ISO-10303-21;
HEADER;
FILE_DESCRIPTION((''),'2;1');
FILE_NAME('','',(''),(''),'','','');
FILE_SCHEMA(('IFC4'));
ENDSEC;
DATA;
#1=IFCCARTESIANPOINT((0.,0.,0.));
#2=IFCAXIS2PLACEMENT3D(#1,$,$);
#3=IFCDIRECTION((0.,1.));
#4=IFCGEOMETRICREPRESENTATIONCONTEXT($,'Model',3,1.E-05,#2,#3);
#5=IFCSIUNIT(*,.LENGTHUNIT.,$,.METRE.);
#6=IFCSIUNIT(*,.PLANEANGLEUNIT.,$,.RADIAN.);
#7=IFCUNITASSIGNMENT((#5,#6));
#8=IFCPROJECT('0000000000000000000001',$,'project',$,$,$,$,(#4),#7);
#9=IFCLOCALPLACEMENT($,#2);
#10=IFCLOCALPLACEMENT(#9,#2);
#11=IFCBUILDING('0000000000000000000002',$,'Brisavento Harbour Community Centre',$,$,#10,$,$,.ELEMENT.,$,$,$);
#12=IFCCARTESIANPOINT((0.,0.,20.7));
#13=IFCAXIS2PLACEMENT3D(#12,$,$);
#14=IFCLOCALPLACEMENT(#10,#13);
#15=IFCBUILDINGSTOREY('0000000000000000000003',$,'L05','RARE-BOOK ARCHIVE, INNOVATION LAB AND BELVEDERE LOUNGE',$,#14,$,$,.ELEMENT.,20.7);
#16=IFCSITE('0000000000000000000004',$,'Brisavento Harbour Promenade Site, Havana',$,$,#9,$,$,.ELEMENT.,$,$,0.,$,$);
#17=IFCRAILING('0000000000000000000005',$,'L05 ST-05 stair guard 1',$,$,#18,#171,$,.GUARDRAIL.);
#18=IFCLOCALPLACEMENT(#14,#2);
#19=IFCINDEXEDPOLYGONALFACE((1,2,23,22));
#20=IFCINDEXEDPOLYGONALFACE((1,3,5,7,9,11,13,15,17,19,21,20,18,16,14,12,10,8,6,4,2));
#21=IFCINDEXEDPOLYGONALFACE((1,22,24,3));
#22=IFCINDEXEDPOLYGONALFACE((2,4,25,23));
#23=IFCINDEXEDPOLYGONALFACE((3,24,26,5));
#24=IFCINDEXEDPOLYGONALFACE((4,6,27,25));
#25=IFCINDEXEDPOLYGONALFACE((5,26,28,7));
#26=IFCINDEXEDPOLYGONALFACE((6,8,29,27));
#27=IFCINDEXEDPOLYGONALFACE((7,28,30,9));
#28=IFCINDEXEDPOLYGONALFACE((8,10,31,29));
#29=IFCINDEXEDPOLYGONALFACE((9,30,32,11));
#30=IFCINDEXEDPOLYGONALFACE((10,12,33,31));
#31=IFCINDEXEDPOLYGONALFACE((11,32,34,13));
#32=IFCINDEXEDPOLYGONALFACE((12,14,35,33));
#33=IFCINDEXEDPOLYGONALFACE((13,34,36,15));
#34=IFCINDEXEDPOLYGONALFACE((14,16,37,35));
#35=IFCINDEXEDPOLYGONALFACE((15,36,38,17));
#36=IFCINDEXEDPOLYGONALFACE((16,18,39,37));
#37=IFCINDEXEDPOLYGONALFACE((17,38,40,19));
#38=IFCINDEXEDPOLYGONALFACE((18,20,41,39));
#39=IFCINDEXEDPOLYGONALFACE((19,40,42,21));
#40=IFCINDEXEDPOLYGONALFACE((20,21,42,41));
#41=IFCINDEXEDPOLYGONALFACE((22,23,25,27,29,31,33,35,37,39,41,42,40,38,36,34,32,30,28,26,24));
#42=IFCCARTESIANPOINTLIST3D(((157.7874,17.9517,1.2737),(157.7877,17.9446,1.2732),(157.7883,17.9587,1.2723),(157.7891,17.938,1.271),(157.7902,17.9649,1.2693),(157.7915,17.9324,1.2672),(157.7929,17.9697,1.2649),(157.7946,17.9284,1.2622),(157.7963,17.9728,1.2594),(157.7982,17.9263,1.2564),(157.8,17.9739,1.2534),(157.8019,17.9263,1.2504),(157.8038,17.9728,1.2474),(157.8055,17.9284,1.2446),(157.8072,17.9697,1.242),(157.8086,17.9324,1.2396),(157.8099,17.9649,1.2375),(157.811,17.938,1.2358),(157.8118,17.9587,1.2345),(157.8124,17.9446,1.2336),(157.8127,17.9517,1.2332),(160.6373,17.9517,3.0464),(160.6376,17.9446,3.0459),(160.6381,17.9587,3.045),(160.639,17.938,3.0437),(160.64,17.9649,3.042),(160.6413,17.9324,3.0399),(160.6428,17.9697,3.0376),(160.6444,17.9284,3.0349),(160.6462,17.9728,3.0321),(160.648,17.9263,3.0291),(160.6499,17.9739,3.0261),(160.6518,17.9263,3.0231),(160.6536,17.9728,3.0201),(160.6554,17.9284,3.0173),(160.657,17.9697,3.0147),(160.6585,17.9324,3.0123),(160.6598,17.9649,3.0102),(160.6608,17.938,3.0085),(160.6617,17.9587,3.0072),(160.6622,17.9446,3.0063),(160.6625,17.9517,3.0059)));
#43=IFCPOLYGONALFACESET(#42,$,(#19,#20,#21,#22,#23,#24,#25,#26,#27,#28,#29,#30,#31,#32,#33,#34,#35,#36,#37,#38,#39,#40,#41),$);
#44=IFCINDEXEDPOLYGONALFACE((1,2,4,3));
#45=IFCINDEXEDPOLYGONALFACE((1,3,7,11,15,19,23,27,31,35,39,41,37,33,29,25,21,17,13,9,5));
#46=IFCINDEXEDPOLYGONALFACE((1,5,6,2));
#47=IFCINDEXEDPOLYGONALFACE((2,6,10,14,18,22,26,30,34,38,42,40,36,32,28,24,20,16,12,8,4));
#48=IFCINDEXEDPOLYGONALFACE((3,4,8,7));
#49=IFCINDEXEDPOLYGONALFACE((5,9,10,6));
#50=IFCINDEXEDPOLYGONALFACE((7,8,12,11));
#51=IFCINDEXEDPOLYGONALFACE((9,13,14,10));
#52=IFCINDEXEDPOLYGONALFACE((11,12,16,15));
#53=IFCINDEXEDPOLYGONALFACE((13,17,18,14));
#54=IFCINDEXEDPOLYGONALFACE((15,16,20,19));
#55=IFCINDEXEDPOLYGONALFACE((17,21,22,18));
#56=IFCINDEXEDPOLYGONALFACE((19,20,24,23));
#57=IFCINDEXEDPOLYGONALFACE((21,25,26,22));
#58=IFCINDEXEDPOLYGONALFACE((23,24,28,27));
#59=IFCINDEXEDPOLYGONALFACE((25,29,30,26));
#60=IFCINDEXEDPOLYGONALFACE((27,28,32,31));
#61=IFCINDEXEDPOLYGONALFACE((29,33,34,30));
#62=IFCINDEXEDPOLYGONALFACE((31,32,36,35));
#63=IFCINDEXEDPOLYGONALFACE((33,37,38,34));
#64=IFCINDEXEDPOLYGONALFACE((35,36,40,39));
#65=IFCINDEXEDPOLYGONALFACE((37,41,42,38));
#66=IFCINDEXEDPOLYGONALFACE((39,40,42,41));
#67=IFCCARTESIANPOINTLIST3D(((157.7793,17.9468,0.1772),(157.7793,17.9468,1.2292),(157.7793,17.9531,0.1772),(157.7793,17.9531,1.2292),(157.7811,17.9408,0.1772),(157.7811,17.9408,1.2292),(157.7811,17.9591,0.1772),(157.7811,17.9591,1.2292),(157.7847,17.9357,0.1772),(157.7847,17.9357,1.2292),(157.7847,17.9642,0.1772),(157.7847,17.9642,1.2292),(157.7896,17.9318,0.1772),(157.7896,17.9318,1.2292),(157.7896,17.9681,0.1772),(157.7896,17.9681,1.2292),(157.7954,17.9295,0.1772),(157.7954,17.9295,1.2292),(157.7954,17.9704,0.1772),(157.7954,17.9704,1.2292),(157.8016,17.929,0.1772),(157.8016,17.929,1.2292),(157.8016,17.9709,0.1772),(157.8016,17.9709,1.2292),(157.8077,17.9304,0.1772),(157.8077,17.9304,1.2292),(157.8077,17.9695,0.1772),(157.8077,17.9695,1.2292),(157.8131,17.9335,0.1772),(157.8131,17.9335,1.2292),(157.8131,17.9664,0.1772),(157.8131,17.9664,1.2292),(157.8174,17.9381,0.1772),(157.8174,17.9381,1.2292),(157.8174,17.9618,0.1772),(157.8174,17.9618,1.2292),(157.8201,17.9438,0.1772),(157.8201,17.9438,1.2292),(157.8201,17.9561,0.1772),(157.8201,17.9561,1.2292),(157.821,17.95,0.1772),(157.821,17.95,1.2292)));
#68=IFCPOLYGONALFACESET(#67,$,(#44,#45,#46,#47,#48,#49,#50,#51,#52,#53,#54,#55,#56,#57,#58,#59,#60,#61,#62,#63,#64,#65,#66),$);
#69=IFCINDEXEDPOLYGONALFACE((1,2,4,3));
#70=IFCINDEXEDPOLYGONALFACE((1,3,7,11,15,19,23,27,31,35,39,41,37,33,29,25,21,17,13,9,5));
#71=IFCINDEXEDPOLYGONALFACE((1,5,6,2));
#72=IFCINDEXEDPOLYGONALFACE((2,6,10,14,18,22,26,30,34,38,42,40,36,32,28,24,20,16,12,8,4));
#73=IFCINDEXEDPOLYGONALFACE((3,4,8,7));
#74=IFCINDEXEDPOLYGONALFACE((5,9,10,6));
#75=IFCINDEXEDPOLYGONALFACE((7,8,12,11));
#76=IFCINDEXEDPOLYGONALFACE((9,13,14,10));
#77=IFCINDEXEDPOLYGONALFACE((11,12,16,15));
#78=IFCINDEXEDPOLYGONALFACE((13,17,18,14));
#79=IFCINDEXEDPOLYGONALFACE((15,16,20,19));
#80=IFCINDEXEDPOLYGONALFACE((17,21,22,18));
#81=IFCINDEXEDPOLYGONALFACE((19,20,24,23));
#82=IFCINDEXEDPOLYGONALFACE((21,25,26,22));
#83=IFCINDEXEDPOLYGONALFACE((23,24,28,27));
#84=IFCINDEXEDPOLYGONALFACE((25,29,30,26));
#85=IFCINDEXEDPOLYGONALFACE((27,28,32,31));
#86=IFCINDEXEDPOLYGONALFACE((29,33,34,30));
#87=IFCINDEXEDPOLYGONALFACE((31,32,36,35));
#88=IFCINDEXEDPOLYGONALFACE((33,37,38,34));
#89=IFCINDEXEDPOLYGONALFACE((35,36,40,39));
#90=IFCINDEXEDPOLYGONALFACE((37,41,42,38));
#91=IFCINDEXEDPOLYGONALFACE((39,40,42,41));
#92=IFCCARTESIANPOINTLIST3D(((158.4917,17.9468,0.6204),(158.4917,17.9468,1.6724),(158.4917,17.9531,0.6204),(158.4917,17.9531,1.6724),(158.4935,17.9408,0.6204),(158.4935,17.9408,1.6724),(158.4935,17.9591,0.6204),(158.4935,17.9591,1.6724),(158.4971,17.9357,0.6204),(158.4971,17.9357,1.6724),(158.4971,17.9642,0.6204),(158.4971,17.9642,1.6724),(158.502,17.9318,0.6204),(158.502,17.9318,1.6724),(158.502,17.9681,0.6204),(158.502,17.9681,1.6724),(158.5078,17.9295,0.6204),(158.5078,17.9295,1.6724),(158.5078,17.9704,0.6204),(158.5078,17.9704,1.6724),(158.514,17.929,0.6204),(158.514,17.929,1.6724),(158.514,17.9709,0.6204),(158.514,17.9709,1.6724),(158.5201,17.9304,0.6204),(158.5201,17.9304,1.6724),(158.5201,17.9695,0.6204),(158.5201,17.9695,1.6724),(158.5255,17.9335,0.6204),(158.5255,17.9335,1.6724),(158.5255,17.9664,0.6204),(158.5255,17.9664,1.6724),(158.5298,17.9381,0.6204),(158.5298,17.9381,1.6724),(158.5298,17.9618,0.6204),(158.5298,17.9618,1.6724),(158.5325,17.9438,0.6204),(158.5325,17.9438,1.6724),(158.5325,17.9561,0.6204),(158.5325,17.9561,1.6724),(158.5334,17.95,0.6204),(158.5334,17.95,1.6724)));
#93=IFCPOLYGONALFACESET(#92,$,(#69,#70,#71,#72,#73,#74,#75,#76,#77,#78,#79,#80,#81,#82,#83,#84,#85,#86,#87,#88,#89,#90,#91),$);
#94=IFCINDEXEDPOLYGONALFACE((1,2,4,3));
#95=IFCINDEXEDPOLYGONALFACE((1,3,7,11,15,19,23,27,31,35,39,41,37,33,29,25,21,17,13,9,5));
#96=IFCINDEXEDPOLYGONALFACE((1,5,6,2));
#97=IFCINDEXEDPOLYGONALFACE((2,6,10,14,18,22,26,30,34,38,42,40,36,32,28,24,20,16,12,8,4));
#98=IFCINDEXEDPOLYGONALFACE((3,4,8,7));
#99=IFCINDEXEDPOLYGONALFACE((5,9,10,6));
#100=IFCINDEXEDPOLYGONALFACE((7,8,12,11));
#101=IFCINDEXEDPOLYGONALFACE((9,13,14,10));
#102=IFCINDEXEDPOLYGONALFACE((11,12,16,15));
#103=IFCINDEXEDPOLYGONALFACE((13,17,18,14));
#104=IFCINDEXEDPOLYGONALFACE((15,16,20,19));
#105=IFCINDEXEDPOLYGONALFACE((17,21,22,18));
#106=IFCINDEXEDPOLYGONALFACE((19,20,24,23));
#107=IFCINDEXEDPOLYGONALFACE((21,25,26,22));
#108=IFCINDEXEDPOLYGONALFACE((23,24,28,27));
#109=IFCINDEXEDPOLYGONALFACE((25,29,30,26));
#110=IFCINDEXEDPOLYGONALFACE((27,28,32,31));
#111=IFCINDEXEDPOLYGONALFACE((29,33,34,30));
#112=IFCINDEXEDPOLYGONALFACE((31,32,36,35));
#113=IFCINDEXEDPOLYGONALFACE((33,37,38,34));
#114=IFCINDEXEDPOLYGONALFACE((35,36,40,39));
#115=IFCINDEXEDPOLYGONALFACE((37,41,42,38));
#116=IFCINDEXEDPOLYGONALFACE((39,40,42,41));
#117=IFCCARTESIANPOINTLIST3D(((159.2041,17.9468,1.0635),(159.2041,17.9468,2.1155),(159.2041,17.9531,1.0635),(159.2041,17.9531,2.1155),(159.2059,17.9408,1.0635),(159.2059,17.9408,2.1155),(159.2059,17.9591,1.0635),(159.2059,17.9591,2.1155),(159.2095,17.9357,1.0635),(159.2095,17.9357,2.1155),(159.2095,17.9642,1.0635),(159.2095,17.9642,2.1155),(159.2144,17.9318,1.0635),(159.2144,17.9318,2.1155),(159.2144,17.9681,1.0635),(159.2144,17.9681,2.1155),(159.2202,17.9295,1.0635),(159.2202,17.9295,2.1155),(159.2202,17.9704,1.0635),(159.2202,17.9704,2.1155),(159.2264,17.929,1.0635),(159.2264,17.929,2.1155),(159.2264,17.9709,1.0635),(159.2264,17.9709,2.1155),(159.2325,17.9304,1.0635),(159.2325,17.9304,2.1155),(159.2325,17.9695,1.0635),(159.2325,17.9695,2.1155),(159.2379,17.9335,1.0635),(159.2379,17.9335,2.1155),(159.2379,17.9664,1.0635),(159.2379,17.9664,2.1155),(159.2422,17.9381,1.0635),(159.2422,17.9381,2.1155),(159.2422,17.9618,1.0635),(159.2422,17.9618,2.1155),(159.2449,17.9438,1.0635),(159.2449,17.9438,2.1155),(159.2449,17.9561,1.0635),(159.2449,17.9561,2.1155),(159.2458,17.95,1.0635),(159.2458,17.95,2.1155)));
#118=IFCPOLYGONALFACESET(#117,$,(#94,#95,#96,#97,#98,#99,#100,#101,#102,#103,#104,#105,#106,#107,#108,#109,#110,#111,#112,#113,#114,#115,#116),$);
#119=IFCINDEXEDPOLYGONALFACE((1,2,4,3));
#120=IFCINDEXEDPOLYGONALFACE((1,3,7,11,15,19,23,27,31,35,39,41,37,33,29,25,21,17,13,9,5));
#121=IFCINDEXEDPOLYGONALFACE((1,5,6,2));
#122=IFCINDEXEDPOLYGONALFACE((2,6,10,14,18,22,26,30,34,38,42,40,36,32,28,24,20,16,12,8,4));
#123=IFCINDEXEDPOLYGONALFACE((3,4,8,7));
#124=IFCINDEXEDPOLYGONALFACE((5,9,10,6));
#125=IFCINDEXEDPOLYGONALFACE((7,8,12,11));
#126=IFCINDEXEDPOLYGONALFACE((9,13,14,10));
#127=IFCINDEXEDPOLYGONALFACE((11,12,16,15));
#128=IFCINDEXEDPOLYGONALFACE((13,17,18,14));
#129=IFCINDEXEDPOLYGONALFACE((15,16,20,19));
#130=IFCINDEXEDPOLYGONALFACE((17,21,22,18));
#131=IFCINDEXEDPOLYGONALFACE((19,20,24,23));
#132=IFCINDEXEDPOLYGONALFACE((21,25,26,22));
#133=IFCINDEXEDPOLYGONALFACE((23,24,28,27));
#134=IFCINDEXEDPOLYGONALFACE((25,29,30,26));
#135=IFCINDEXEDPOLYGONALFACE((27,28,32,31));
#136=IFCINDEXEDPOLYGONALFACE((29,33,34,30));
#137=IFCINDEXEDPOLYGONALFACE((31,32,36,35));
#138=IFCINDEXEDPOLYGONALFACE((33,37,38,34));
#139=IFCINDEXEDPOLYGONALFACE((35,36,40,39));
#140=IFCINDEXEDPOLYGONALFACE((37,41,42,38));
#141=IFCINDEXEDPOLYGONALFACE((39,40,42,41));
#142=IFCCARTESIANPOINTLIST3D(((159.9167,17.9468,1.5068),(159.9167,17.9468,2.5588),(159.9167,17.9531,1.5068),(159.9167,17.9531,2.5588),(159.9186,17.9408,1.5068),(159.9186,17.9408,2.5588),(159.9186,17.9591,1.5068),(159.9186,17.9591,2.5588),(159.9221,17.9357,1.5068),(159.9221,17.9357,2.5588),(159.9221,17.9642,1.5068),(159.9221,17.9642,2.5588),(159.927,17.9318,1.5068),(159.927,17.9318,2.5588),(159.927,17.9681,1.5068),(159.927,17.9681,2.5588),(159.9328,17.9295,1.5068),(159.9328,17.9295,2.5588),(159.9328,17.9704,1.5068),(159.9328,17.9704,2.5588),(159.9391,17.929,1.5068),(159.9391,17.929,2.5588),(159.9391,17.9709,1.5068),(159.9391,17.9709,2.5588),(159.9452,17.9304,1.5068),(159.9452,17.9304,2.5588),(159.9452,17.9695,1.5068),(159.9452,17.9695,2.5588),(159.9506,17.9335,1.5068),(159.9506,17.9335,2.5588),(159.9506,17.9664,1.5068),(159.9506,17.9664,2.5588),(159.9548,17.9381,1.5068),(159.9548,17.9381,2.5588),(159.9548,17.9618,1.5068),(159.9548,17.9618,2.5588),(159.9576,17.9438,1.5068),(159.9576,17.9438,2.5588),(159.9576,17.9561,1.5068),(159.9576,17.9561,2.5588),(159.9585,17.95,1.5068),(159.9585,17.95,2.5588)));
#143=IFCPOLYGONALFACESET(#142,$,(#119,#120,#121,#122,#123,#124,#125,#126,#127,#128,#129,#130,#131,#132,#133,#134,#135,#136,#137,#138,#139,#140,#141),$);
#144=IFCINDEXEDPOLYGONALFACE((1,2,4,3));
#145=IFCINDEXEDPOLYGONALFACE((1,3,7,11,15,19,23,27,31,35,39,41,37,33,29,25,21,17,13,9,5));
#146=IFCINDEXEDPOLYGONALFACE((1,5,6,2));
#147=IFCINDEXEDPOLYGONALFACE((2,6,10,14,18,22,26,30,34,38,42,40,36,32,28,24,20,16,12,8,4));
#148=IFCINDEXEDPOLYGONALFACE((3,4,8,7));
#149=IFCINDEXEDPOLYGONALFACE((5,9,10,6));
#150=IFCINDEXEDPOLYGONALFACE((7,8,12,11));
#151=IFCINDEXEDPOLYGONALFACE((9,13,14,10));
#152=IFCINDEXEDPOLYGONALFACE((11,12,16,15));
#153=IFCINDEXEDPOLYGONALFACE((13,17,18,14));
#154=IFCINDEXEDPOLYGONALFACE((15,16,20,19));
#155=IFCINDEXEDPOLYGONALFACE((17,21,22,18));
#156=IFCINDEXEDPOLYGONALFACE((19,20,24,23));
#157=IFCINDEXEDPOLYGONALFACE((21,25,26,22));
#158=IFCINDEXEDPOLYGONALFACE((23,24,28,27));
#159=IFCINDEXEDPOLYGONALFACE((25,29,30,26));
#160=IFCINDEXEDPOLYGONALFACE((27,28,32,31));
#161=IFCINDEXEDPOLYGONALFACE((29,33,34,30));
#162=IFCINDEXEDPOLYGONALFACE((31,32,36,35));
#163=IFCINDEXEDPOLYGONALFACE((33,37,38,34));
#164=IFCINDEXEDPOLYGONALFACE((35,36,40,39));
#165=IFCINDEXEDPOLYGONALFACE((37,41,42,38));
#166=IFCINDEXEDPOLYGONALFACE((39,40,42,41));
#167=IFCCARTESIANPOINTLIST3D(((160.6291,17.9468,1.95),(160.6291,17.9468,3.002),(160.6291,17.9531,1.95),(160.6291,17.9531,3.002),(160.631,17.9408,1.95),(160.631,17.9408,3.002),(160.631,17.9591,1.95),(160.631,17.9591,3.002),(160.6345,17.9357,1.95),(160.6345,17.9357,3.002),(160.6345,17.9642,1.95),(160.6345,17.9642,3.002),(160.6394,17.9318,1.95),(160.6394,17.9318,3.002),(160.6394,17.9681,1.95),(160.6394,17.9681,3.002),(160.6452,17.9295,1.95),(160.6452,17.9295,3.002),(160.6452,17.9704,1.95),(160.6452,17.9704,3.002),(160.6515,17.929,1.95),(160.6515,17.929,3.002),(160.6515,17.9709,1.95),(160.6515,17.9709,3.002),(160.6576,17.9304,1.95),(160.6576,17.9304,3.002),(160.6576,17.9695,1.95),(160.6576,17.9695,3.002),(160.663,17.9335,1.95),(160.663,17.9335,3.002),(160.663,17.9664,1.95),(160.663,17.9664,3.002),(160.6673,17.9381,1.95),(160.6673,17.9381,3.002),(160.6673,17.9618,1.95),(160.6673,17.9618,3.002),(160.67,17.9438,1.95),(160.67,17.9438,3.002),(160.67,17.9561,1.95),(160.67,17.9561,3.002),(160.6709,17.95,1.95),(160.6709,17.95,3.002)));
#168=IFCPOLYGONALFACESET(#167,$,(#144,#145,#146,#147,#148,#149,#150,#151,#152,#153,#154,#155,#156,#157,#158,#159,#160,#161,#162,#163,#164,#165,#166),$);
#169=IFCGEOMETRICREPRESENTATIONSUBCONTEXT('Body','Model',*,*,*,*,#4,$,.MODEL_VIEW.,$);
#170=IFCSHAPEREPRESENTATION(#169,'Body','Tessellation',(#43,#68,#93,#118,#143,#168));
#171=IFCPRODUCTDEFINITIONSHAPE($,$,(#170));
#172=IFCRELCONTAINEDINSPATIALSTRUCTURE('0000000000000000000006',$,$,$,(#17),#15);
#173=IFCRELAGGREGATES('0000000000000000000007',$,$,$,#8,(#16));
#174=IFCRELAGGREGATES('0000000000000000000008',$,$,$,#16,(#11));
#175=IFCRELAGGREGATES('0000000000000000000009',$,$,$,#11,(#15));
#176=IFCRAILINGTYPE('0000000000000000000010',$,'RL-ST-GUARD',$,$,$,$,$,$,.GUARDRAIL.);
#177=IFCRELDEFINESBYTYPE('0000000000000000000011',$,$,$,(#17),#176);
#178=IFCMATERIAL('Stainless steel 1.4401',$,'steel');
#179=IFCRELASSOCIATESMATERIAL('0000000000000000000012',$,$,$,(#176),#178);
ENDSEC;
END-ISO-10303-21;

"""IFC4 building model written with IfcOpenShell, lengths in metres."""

from ifc_helpers import new_model, si_unit, direction, frame, origin, origin_2d, place, context, subcontext, project, spatial, circle, extrude, material, type_object, element, save


model = new_model("IFC4")

# Units and contexts
model_context = context("Model", 3, precision=1e-05, world=origin(), true_north=direction((0.0, 1.0)))
body_context = subcontext(model_context, "Body", "Model", "MODEL_VIEW")
ifc_project = project(units=[si_unit("LENGTHUNIT", "METRE"), si_unit("PLANEANGLEUNIT", "RADIAN")], contexts=[model_context])

# Site, building, storey
site_placement = place(None, origin())
site = spatial("IfcSite", under=ifc_project, at=site_placement, Name="Brisavento Harbour Promenade Site, Havana", CompositionType="ELEMENT", RefElevation=0.0)
building_placement = place(site_placement, origin())
building = spatial("IfcBuilding", under=site, at=building_placement, Name="Brisavento Harbour Community Centre", CompositionType="ELEMENT")
storey_placement = place(building_placement, frame((0.0, 0.0, 20.7)))
storey = spatial("IfcBuildingStorey", under=building, at=storey_placement, Name="L05", Description="RARE-BOOK ARCHIVE, INNOVATION LAB AND BELVEDERE LOUNGE", CompositionType="ELEMENT", Elevation=20.7)

# Railing
ifc_material_1 = material(Name="Stainless steel 1.4401", Category="steel")
railing_type_1 = type_object("IfcRailingType", Name="RL-ST-GUARD", PredefinedType="GUARDRAIL", material=ifc_material_1)
railing_1_placement = place(storey_placement, frame((157.8, 17.95, 0.1772)))
element("IfcRailing", 1, at=railing_1_placement, inside=storey, type_object=railing_type_1, Name="L05 ST-05 stair guard 1", PredefinedType="GUARDRAIL", context=body_context, shape_type="SweptSolid", body=[
    extrude(circle(Radius=0.0239, at=origin_2d()), frame((0.0, 0.0, 1.0762), z_axis=(0.849128, 0.0, 0.528187), x_axis=(0.0, 1.0, 0.0)), (0.0, 0.0, 1.0), 3.3562),
    extrude(circle(Radius=0.021, at=origin_2d()), origin(), (0.0, 0.0, 1.0), 1.052),
    extrude(circle(Radius=0.021, at=origin_2d()), frame((0.7124, 0.0, 0.4431)), (0.0, 0.0, 1.0), 1.052),
    extrude(circle(Radius=0.021, at=origin_2d()), frame((1.4248, 0.0, 0.8862)), (0.0, 0.0, 1.0), 1.052),
    extrude(circle(Radius=0.021, at=origin_2d()), frame((2.1375, 0.0, 1.3296)), (0.0, 0.0, 1.0), 1.052),
    extrude(circle(Radius=0.021, at=origin_2d()), frame((2.8499, 0.0, 1.7727)), (0.0, 0.0, 1.0), 1.052),
])

save(model, "model.ifc")
